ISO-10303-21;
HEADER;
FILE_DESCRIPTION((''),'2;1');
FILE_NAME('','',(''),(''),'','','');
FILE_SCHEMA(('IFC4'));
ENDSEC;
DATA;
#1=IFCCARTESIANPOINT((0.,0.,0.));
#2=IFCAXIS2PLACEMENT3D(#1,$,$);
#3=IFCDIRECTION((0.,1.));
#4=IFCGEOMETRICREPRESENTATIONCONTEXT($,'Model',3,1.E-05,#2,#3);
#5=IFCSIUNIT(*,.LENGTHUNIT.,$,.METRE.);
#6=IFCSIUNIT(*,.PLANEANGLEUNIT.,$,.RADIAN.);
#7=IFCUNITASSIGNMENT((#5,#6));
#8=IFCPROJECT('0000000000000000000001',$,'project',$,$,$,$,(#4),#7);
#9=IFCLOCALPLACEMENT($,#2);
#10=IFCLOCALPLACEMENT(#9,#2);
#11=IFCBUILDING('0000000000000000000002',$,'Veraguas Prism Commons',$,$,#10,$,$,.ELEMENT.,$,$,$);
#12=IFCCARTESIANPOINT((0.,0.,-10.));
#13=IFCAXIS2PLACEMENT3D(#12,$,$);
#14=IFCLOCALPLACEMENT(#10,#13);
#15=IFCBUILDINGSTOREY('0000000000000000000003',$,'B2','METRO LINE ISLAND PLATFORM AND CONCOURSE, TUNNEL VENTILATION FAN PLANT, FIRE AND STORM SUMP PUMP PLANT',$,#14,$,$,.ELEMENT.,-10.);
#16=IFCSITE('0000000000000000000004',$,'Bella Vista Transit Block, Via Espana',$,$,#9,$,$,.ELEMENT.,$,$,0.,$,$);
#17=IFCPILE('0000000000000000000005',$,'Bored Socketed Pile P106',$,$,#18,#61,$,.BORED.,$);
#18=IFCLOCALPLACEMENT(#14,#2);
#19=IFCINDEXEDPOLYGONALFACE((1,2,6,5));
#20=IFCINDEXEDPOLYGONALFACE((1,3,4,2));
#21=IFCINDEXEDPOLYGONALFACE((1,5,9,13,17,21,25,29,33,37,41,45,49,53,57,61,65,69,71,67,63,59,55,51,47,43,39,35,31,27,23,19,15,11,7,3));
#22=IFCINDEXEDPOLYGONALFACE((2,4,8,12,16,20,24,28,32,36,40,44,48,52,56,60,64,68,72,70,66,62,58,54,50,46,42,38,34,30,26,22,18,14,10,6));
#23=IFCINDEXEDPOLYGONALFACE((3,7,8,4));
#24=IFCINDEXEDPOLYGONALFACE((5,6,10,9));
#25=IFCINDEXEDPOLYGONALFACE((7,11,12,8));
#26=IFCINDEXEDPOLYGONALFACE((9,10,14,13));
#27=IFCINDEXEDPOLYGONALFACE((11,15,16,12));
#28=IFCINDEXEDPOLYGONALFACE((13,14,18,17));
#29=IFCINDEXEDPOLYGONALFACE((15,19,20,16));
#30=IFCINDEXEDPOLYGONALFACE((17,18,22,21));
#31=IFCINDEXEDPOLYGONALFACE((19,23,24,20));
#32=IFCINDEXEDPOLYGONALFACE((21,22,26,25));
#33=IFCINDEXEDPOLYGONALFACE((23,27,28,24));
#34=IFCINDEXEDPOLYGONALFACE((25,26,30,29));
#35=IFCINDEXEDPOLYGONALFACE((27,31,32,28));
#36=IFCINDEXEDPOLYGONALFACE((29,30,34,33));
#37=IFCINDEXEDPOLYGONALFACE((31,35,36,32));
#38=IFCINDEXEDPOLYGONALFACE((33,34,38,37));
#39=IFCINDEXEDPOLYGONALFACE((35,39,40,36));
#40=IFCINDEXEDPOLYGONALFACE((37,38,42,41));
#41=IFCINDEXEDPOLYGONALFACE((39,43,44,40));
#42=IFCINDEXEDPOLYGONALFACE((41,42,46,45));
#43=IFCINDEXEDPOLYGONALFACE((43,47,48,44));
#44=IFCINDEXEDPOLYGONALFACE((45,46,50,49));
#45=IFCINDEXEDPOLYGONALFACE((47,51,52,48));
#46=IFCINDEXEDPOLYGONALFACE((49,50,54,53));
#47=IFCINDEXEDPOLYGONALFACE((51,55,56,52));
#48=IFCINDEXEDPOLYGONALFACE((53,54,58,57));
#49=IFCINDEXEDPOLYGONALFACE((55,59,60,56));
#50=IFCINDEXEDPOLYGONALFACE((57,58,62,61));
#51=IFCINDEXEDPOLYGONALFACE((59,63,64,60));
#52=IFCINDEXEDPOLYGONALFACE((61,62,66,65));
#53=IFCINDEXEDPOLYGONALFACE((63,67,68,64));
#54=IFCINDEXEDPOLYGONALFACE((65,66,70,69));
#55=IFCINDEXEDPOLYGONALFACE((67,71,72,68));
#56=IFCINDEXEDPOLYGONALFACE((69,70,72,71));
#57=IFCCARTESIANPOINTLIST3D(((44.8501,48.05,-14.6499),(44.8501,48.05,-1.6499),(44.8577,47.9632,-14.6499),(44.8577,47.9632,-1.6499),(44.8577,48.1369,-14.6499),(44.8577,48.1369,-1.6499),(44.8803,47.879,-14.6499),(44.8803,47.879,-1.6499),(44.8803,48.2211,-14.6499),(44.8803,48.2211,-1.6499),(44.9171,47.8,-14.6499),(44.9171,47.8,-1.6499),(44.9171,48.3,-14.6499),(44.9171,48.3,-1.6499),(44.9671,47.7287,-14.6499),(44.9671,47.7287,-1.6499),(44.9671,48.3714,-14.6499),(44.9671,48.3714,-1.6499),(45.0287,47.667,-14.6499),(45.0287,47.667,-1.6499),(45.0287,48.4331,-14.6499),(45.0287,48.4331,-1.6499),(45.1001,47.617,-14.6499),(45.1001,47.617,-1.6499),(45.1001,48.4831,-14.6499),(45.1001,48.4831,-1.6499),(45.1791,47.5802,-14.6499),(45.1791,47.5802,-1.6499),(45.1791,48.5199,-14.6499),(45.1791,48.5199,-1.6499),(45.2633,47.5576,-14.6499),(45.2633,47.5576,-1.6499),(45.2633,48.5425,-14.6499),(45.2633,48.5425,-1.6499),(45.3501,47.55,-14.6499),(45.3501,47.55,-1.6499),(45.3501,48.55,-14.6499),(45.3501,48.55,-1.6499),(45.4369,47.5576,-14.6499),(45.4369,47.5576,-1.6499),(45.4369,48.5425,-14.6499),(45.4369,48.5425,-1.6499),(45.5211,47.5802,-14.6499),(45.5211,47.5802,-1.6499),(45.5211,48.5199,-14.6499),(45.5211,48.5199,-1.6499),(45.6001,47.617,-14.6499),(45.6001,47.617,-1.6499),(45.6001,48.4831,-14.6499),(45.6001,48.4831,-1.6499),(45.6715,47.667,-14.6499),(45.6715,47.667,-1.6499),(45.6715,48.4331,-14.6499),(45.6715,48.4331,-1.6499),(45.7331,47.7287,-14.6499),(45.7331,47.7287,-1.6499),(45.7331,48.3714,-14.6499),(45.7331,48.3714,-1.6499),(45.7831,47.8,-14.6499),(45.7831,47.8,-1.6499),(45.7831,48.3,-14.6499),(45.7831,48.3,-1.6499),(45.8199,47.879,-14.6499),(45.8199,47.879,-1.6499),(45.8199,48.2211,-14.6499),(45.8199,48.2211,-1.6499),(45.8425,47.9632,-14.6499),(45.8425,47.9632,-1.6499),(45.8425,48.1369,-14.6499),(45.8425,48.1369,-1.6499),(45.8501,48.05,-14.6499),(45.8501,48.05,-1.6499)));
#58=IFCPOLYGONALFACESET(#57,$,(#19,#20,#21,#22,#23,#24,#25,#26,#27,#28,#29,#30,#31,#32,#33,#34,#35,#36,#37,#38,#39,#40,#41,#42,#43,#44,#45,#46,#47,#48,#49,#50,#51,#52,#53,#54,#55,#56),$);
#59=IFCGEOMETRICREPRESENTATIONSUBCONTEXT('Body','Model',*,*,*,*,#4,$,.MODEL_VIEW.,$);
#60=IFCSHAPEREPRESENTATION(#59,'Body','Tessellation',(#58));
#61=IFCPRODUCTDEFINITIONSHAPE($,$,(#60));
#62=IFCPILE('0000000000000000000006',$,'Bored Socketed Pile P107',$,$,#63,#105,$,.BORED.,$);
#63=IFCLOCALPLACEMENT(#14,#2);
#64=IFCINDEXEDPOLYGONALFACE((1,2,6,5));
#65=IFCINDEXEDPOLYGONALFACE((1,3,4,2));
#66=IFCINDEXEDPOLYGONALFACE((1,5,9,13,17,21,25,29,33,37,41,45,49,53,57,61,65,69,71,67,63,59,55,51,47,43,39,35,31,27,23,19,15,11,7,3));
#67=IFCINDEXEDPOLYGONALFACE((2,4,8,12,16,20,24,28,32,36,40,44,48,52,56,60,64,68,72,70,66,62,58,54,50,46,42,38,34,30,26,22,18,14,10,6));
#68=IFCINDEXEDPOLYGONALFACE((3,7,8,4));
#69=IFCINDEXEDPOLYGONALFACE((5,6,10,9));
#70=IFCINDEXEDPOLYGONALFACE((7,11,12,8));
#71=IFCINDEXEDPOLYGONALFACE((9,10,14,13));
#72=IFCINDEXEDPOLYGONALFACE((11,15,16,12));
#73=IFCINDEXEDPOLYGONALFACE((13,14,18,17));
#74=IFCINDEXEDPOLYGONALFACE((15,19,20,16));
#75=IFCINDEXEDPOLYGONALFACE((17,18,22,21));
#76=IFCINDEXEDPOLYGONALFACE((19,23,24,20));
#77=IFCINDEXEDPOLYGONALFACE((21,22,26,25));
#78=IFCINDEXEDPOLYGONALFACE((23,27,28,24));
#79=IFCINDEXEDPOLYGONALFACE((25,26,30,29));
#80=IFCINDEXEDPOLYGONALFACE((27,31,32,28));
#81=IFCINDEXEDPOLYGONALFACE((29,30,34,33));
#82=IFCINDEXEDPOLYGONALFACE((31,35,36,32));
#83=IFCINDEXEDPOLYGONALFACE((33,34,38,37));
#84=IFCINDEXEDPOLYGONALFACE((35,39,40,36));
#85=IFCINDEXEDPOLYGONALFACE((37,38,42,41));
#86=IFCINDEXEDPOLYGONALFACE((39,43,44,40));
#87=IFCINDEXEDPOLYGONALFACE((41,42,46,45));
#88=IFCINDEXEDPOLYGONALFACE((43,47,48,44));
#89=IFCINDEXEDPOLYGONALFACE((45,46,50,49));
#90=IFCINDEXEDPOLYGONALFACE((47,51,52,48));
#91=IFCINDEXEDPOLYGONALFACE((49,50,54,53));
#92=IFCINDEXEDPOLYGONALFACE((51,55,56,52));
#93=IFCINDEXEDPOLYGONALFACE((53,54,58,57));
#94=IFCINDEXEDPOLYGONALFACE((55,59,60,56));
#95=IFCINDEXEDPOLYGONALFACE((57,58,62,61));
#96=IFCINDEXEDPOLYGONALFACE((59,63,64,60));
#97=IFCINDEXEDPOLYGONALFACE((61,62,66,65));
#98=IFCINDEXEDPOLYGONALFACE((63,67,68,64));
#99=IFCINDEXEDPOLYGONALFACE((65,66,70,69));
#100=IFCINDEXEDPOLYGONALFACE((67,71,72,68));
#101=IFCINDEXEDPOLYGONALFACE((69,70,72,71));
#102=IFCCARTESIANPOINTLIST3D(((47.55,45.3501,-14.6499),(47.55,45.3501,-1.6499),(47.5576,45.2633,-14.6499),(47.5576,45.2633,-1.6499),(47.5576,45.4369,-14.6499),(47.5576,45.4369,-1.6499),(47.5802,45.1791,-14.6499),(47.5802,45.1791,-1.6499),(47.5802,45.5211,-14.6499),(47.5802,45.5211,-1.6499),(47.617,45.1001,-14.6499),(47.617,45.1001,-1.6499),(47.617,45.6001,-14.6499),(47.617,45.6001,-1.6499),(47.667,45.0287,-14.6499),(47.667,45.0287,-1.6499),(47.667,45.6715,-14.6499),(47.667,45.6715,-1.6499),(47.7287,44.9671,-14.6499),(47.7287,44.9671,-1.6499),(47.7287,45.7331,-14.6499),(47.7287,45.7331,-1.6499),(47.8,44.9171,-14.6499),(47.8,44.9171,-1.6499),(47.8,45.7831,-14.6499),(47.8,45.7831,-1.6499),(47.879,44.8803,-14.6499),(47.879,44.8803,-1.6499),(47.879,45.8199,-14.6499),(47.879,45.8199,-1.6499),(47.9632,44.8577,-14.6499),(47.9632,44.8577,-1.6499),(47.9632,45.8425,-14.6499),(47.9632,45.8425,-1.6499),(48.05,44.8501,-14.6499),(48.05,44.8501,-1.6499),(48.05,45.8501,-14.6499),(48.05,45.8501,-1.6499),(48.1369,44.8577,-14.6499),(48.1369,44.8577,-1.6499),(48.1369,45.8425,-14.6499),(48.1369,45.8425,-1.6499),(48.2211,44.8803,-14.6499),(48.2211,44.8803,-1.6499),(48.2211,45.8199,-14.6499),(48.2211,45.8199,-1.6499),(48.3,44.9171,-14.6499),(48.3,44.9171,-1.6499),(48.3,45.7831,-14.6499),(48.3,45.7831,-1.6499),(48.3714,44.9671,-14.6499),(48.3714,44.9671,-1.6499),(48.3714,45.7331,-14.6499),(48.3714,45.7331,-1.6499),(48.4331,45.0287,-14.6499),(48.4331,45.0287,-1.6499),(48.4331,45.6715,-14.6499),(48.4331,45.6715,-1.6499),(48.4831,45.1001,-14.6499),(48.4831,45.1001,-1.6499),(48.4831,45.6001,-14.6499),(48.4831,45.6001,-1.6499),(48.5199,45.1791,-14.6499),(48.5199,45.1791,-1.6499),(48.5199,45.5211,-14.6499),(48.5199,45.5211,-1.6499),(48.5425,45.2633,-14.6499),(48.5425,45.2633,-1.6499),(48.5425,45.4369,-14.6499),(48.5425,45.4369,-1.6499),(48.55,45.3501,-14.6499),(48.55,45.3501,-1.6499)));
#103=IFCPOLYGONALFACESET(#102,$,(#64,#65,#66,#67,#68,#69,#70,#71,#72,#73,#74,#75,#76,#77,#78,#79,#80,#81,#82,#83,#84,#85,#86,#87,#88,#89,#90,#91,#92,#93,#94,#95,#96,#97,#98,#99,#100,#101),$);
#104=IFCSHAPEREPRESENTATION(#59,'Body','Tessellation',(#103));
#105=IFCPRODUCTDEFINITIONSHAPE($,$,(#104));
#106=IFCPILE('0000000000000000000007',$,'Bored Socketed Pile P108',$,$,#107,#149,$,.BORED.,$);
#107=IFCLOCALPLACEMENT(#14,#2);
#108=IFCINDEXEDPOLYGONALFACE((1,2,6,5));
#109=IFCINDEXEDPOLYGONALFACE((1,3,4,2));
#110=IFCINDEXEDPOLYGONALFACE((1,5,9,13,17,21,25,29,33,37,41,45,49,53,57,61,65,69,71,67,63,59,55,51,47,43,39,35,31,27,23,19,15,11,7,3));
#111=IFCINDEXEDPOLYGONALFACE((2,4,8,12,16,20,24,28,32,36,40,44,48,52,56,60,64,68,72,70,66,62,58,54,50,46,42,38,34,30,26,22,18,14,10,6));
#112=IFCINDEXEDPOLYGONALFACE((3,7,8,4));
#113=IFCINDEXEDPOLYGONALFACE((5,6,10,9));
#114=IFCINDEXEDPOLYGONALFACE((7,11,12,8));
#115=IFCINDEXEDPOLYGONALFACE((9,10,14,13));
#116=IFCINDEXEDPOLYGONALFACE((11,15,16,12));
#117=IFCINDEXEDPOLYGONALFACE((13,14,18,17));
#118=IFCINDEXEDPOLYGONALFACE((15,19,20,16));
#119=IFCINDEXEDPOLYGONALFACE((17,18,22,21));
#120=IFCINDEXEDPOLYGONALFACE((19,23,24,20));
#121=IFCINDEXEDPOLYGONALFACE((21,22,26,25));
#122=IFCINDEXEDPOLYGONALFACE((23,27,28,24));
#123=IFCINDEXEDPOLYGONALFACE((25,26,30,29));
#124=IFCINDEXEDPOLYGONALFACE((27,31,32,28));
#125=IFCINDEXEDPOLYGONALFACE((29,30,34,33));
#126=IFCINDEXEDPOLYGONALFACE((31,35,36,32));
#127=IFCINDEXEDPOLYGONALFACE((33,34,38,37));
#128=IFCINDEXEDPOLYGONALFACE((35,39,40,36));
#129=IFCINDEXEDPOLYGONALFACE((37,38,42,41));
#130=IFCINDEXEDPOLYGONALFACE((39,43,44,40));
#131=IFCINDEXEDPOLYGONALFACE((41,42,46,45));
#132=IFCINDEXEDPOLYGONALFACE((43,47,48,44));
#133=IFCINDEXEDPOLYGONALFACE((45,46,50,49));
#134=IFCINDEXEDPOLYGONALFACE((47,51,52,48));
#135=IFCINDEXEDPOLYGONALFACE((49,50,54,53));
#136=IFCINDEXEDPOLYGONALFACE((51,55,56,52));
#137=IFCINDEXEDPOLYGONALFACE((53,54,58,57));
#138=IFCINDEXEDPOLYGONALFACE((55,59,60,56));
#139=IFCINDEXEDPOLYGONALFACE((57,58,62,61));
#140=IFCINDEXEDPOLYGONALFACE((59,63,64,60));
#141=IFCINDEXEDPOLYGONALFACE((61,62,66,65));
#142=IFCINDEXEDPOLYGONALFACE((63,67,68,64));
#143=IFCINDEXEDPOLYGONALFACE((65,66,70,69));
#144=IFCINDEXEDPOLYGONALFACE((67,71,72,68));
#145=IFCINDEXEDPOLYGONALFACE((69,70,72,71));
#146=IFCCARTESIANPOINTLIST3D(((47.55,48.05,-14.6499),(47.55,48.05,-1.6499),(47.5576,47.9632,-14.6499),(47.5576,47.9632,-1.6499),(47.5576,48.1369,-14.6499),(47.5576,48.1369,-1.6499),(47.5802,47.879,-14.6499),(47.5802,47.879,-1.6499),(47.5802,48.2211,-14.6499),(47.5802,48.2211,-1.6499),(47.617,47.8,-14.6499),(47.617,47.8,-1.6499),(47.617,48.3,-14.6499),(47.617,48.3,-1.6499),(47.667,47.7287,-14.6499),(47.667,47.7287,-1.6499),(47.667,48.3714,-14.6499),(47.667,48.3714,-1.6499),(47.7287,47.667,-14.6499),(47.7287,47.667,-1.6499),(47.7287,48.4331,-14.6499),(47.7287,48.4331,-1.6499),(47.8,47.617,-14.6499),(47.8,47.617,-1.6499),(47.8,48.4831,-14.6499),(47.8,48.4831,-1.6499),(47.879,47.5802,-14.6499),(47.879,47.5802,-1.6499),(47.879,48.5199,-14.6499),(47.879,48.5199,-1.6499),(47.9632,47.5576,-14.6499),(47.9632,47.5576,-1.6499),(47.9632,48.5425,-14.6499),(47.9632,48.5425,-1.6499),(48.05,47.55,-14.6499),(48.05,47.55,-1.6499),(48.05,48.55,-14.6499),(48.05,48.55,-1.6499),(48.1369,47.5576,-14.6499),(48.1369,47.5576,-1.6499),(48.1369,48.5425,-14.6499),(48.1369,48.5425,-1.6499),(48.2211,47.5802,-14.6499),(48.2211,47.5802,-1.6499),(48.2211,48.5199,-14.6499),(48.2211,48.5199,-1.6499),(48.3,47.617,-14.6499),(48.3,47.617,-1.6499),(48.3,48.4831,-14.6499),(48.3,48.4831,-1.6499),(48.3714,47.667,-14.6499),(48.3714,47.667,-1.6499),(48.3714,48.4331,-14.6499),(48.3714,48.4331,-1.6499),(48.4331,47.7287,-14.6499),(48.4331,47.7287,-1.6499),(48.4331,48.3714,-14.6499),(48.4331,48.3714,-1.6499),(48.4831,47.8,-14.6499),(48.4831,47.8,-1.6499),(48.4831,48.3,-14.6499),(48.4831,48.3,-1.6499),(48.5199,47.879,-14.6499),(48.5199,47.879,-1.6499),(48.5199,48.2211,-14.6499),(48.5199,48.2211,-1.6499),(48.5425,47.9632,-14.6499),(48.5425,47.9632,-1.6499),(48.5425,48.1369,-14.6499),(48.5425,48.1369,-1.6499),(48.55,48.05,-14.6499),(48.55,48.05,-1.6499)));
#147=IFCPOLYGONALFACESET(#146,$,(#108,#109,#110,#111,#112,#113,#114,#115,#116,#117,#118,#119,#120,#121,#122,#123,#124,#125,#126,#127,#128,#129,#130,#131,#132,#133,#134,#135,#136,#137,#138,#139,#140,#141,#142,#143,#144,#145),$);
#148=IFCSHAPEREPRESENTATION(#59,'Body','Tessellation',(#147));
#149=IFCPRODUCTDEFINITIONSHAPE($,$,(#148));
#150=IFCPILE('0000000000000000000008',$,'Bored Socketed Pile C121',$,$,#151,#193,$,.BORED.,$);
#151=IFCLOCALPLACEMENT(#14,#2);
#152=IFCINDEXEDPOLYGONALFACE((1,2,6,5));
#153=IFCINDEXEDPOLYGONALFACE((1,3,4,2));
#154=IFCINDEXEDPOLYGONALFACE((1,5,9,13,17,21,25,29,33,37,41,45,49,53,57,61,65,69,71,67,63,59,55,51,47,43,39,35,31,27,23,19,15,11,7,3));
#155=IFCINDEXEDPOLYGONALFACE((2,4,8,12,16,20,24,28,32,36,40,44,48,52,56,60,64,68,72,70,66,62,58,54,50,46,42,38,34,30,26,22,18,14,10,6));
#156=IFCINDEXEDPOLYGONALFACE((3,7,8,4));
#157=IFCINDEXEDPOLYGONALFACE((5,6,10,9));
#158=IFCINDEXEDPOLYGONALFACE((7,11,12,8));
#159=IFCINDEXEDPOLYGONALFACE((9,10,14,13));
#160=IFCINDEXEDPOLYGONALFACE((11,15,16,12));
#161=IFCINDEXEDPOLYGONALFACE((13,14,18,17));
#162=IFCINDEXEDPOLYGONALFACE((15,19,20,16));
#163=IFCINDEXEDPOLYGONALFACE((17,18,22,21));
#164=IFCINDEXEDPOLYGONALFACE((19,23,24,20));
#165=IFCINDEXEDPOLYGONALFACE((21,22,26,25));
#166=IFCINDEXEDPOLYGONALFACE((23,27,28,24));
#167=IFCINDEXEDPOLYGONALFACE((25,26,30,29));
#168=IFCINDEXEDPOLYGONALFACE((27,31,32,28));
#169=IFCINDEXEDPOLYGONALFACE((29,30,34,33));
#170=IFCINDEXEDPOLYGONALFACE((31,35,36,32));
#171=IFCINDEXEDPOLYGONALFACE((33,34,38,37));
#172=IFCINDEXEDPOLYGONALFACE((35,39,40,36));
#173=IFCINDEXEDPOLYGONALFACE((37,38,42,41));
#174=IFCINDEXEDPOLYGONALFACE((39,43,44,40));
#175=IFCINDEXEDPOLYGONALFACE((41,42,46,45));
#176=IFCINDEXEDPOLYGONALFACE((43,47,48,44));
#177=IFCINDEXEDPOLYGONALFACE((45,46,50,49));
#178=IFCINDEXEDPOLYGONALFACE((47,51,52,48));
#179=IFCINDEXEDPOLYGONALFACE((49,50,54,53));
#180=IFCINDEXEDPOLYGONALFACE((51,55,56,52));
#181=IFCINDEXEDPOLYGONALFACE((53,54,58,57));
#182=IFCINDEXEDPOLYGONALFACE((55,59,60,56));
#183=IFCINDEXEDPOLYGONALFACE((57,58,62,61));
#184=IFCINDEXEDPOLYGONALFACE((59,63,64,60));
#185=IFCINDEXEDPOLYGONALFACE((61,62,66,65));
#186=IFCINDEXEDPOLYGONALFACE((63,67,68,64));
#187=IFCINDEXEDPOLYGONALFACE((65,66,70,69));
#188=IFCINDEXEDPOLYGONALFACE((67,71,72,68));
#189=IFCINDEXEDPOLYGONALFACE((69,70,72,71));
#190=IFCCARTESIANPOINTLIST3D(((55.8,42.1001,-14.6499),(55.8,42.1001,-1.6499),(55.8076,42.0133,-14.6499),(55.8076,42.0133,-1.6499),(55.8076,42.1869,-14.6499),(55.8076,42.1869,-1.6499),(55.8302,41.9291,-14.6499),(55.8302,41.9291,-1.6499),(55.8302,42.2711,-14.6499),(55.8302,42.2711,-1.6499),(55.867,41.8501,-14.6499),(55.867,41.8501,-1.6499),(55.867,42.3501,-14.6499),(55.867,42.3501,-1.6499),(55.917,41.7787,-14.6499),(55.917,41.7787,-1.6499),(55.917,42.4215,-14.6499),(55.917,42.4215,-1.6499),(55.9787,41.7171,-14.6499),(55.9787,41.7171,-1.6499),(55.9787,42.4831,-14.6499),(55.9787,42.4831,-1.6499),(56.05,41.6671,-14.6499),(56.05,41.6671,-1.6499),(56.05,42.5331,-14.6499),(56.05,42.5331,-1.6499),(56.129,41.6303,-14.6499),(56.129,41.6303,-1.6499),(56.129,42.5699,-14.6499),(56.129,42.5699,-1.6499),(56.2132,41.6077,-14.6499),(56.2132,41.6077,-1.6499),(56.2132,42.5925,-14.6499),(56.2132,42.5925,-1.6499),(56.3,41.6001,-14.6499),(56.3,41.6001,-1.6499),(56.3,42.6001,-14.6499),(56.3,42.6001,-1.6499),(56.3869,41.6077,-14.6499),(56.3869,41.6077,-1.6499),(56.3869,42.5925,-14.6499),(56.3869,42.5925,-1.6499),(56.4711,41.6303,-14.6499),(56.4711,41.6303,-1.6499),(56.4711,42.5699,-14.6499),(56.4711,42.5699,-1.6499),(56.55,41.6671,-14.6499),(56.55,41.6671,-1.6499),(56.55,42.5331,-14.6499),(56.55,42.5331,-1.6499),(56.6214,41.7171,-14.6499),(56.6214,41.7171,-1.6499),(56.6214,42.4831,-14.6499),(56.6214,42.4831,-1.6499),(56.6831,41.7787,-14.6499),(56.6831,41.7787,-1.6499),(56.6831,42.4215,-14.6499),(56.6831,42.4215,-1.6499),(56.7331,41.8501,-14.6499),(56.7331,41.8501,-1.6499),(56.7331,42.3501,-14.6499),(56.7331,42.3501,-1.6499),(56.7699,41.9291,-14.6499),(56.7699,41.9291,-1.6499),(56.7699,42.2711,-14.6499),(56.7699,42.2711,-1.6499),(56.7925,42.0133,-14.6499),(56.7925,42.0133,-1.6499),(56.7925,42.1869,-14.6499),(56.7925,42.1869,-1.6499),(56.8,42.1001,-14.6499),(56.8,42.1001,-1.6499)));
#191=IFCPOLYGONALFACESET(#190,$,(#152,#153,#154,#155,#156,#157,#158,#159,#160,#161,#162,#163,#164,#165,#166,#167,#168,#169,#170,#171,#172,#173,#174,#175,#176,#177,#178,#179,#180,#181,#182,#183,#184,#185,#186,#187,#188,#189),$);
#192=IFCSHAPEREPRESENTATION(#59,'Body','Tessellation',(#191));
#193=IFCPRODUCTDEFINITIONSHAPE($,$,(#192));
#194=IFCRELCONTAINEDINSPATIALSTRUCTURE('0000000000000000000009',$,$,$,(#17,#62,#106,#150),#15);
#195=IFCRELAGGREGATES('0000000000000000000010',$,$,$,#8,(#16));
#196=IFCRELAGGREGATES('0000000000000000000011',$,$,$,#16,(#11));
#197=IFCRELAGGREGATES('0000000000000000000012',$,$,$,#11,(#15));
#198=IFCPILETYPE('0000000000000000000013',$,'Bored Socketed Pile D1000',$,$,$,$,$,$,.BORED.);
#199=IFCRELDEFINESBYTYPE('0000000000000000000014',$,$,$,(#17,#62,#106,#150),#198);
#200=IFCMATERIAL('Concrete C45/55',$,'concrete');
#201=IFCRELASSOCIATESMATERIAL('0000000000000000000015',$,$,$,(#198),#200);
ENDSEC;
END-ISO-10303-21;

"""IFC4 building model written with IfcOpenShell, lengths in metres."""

from ifc_helpers import new_model, si_unit, direction, frame, origin, origin_2d, place, context, subcontext, project, spatial, circle, extrude, source, transform, mapped, material, material_profile, profile_set, type_object, element, save


model = new_model("IFC4")

# Units and contexts
model_context = context("Model", 3, precision=1e-05, world=origin(), true_north=direction((0.0, 1.0)))
body_context = subcontext(model_context, "Body", "Model", "MODEL_VIEW")
ifc_project = project(units=[si_unit("LENGTHUNIT", "METRE"), si_unit("PLANEANGLEUNIT", "RADIAN")], contexts=[model_context])

# Site, building, storey
site_placement = place(None, origin())
site = spatial("IfcSite", under=ifc_project, at=site_placement, Name="Bella Vista Transit Block, Via Espana", CompositionType="ELEMENT", RefElevation=0.0)
building_placement = place(site_placement, origin())
building = spatial("IfcBuilding", under=site, at=building_placement, Name="Veraguas Prism Commons", CompositionType="ELEMENT")
storey_placement = place(building_placement, frame((0.0, 0.0, -10.0)))
storey = spatial("IfcBuildingStorey", under=building, at=storey_placement, Name="B2", Description="METRO LINE ISLAND PLATFORM AND CONCOURSE, TUNNEL VENTILATION FAN PLANT, FIRE AND STORM SUMP PUMP PLANT", CompositionType="ELEMENT", Elevation=-10.0)

# Shared definitions
ifc_material_1 = material(Name="Concrete C45/55", Category="concrete")

# Piles
ifc_material_profile_1 = material_profile(ifc_material_1, circle(Radius=0.5, at=origin_2d()), Name="PILE1000")
ifc_profile_set_1 = profile_set([ifc_material_profile_1], Name="Concrete C45/55")
pile_type_1 = type_object("IfcPileType", Name="Bored Socketed Pile D1000", PredefinedType="BORED", material=ifc_profile_set_1)
shared_shape_1 = source(origin(), body_context, "Body", "SweptSolid", [
    extrude(circle(Radius=0.5, at=origin_2d()), origin(), (0.0, 0.0, 1.0), 13.0),
])
for number, where, z_axis, x_axis, name in (
    (1, (45.3501, 48.05, -1.6499), (0.0, 0.0, -1.0), (1.0, 0.0, 0.0), "Bored Socketed Pile P106"),
    (2, (48.05, 45.3501, -1.6499), (0.0, 0.0, -1.0), (1.0, 0.0, 0.0), "Bored Socketed Pile P107"),
    (3, (48.05, 48.05, -1.6499), (0.0, 0.0, -1.0), (1.0, 0.0, 0.0), "Bored Socketed Pile P108"),
    (4, (56.3, 42.1001, -1.6499), (0.0, 0.0, -1.0), (1.0, 0.0, 0.0), "Bored Socketed Pile C121"),
):
    element("IfcPile", number, at=place(storey_placement, frame(where, z_axis=z_axis, x_axis=x_axis)), inside=storey, type_object=pile_type_1, Name=name, PredefinedType="BORED", context=body_context, shape_type="MappedRepresentation", body=[
        mapped(shared_shape_1, transform((0.0, 0.0, 0.0), scale=1.0)),
    ])

save(model, "model.ifc")
